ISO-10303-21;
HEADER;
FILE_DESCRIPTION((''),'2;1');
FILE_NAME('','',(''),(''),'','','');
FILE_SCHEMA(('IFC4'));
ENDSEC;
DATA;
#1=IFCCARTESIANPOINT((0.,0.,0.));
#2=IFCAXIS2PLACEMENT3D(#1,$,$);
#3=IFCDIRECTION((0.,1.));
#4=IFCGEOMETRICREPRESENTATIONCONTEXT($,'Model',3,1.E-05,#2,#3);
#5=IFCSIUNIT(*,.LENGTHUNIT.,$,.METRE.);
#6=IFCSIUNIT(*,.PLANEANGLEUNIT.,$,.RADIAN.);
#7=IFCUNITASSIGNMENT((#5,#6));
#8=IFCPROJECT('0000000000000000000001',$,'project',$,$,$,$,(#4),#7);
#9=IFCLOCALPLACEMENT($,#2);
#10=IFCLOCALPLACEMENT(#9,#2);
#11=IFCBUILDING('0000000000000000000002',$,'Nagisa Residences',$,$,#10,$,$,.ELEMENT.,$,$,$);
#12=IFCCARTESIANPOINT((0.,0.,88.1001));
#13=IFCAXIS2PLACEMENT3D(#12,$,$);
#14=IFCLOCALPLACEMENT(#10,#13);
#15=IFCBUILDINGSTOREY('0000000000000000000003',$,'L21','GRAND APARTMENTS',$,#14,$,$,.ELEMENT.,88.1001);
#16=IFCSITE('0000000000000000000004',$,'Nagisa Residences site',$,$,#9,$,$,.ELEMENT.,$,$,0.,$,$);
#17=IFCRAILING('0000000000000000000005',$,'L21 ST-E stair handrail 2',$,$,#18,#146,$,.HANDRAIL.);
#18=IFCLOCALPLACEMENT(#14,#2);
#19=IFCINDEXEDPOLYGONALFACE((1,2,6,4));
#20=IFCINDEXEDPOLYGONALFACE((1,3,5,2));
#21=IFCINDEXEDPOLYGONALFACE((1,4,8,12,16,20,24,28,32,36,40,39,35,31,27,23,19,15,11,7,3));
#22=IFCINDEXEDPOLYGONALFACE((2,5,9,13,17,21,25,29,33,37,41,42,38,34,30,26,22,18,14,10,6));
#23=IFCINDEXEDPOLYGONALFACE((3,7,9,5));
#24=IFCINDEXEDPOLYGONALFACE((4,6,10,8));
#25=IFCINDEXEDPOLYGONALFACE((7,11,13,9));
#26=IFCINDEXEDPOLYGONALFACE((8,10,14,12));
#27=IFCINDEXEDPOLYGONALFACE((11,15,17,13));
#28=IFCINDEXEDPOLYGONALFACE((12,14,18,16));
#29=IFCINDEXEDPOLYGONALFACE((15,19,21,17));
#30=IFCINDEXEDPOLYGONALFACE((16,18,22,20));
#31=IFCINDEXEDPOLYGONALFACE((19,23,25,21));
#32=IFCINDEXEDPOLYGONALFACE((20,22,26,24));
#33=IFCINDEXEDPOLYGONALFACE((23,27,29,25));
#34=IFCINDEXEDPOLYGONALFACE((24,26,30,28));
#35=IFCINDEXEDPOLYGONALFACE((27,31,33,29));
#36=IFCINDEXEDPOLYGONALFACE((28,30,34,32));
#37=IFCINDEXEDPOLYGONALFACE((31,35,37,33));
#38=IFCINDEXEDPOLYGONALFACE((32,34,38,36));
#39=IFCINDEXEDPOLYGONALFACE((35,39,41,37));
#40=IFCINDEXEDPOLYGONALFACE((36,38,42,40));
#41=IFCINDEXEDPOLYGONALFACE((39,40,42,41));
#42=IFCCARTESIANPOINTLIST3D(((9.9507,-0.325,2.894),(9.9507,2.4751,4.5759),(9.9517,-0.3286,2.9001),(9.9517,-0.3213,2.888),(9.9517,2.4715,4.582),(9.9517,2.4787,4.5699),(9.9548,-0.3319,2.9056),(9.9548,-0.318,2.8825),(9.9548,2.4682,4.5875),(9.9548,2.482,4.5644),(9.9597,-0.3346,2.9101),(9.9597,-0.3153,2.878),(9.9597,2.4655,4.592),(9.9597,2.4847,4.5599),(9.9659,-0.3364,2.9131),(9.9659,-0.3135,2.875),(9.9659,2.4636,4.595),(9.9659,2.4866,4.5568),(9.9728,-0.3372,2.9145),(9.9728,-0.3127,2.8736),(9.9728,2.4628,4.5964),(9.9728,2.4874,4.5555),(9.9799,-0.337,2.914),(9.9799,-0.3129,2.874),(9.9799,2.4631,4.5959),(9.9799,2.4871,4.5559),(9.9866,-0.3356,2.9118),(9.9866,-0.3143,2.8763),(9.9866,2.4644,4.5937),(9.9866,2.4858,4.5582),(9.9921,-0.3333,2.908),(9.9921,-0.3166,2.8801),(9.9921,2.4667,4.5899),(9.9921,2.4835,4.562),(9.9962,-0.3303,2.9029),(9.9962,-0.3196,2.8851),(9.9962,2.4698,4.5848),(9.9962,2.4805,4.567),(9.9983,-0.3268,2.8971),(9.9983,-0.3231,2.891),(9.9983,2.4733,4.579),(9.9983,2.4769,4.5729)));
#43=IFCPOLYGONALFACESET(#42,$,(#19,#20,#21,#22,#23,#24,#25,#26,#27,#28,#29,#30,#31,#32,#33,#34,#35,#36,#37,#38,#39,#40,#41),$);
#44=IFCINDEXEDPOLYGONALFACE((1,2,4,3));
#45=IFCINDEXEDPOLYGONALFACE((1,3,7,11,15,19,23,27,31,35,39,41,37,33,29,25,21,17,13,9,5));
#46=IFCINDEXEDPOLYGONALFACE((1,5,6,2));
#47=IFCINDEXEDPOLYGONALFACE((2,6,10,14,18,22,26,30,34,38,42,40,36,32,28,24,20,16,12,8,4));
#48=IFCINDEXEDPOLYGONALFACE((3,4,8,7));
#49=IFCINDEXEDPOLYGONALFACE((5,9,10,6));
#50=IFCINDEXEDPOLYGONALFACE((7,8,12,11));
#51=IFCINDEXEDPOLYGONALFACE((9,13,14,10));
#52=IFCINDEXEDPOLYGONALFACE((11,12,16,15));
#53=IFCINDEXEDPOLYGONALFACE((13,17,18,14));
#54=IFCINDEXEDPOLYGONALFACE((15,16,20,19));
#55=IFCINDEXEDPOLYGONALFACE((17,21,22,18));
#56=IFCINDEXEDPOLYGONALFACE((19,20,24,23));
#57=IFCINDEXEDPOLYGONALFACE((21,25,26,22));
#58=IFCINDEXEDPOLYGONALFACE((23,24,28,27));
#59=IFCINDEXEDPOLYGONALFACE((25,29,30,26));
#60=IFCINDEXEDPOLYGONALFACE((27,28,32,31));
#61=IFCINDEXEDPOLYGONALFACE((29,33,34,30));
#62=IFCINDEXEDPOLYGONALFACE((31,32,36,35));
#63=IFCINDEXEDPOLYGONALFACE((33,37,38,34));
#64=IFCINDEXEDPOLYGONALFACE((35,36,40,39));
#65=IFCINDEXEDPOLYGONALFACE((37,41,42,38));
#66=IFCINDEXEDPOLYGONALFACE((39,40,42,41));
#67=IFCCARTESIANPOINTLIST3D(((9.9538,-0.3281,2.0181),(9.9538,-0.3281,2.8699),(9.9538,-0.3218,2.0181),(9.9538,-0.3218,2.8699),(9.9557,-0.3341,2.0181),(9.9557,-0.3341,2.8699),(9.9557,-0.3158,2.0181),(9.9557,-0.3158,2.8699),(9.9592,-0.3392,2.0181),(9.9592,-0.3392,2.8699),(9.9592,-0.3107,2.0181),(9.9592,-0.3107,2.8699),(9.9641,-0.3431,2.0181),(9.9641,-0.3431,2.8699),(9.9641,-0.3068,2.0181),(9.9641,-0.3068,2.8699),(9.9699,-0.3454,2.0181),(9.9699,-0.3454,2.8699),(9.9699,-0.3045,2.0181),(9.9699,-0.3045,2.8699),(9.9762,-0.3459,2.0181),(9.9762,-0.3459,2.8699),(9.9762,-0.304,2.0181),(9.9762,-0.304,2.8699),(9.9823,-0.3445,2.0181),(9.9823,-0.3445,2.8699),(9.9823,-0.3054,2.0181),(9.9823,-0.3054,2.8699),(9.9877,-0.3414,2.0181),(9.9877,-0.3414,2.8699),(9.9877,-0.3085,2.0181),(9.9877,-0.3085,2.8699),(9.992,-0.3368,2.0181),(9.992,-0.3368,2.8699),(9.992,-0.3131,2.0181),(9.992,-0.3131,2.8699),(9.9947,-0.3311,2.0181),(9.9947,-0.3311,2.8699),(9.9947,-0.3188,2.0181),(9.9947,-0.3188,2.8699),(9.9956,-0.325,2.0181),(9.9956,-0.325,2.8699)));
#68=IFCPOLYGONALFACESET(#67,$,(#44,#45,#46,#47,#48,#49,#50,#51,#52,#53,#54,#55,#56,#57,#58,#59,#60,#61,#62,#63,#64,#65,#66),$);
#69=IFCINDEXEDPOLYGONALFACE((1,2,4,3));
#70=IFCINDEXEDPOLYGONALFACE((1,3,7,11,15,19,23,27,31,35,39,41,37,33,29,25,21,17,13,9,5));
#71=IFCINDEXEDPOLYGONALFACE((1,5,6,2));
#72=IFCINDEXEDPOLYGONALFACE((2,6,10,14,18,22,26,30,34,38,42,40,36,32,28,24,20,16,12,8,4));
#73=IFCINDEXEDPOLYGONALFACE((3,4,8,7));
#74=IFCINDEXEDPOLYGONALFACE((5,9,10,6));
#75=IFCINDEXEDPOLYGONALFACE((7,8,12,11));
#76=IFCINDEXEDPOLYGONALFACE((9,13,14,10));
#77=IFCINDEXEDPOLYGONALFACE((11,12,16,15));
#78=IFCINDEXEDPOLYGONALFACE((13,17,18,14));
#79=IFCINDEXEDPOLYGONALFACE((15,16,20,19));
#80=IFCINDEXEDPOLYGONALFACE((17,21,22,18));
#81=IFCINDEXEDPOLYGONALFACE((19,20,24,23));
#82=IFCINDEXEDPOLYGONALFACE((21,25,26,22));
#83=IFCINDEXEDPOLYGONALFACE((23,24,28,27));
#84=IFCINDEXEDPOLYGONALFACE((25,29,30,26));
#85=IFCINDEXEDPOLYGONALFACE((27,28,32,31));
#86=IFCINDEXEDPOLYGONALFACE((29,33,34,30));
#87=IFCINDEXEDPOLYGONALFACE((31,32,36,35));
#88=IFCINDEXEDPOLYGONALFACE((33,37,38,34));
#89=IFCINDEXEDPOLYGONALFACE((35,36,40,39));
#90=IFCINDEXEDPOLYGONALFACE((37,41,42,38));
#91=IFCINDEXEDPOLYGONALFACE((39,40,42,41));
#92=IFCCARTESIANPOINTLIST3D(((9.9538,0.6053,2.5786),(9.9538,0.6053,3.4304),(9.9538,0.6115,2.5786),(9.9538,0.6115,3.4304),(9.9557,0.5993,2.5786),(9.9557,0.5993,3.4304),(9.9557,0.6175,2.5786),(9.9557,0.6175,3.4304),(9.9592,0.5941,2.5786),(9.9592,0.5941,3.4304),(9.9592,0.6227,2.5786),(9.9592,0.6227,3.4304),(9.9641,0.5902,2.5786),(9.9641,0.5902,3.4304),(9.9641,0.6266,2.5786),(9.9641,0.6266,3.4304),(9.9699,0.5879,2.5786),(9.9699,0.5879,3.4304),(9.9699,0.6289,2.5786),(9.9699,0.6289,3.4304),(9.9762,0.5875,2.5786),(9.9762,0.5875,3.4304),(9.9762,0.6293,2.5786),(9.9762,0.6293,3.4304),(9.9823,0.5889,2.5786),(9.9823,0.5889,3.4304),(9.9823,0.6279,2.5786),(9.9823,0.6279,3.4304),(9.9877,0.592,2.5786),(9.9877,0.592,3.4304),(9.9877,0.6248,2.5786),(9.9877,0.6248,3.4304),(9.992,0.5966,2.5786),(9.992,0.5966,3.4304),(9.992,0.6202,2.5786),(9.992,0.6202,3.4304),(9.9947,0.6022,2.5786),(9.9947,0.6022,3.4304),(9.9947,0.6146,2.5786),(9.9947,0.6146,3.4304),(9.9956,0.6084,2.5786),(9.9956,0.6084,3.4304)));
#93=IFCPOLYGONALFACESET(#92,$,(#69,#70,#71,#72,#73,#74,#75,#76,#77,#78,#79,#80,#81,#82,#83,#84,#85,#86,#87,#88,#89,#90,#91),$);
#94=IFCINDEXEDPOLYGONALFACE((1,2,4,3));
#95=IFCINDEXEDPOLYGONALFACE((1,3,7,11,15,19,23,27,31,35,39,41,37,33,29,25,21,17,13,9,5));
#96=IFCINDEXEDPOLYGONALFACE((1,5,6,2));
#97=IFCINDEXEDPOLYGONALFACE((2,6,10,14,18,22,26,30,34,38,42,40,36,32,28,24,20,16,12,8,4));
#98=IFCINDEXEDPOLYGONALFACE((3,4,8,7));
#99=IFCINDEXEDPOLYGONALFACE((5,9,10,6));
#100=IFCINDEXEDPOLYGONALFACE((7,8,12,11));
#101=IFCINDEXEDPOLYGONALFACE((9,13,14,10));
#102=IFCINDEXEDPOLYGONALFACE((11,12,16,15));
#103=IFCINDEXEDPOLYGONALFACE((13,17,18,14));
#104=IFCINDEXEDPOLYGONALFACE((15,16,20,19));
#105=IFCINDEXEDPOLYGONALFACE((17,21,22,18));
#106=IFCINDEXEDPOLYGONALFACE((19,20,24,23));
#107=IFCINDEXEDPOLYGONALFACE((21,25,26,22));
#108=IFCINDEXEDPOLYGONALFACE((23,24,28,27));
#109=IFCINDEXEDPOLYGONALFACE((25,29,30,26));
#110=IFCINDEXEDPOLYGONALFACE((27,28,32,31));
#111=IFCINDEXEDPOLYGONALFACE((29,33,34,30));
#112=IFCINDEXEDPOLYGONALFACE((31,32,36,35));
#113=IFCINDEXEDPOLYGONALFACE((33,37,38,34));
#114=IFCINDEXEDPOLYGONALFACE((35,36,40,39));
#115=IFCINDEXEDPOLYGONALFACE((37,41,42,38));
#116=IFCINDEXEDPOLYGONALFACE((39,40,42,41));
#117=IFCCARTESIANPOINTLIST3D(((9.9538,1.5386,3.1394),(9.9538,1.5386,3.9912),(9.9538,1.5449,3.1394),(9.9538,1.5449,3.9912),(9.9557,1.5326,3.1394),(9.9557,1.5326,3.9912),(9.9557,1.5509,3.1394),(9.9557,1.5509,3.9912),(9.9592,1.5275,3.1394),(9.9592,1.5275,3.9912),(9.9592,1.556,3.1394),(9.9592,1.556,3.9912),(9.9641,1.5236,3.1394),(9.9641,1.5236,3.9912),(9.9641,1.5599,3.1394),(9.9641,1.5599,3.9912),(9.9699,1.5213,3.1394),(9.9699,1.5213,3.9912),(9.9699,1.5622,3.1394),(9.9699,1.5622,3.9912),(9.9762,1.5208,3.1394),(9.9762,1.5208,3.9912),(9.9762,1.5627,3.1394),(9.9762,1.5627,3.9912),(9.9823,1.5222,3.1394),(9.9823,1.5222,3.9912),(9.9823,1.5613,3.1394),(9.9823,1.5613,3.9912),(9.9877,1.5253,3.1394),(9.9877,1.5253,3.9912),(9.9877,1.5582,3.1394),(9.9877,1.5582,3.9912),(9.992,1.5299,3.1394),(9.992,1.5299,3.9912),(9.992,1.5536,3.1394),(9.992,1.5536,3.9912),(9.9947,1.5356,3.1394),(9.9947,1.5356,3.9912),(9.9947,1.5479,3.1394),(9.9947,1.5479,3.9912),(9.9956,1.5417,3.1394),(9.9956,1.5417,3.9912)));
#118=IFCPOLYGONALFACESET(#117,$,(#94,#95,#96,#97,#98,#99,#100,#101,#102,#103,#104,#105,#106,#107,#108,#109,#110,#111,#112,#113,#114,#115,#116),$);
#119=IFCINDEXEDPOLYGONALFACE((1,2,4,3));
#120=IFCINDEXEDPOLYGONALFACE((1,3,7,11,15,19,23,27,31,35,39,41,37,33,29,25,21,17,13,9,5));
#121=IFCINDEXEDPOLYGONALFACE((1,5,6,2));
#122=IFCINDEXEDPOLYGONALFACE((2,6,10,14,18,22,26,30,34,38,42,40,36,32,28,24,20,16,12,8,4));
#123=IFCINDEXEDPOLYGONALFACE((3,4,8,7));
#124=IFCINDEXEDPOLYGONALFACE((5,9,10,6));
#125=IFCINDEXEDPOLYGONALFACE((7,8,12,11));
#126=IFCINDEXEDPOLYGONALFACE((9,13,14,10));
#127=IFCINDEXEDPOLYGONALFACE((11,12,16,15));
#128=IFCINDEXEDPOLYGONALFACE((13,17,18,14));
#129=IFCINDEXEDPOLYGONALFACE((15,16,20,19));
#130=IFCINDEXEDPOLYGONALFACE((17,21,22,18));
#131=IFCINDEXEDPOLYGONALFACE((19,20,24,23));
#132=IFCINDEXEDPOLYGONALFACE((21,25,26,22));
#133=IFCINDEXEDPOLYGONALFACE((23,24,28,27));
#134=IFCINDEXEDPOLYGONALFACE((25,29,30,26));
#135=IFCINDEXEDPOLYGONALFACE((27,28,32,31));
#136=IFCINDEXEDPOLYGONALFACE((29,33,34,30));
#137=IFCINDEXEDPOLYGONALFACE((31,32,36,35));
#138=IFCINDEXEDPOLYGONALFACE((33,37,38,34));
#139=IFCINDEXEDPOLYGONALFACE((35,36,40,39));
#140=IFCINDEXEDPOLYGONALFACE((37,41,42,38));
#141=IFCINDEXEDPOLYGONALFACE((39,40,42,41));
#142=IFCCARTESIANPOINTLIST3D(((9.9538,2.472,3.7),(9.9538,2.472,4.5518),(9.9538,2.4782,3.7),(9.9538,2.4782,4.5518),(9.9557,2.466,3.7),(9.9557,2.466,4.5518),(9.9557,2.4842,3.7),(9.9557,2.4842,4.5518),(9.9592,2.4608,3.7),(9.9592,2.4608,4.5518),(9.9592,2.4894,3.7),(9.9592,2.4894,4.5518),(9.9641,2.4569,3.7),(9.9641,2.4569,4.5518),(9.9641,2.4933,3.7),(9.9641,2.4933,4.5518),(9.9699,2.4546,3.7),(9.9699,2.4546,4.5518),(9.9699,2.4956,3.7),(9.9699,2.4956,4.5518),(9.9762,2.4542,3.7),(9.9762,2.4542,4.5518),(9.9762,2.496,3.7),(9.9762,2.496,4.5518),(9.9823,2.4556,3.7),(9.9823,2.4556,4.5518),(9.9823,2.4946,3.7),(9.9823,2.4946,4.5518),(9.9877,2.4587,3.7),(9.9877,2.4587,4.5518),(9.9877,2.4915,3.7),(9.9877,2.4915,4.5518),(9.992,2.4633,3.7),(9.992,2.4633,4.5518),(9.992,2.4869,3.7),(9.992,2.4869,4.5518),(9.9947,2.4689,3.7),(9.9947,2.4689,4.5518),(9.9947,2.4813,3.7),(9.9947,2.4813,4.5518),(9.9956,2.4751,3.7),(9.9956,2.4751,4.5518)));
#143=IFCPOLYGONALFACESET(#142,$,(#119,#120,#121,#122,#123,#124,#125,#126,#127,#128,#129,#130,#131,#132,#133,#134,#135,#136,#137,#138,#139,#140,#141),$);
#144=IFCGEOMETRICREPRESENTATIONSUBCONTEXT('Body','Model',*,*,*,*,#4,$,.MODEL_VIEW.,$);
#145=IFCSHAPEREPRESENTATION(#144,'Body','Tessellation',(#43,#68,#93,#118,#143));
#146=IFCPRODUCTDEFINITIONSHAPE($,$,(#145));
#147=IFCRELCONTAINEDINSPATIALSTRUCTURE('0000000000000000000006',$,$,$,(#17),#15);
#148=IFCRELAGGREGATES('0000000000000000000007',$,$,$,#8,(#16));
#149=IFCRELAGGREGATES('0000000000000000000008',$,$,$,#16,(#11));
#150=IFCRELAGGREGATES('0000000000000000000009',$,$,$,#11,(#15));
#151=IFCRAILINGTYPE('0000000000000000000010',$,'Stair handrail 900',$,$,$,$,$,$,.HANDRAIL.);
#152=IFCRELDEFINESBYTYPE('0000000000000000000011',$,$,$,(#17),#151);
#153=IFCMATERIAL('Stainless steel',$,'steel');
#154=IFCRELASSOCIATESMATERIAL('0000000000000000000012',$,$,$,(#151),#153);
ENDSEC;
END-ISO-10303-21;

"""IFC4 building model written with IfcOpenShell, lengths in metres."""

from ifc_helpers import new_model, si_unit, direction, frame, origin, origin_2d, place, context, subcontext, project, spatial, circle, extrude, material, type_object, element, save


model = new_model("IFC4")

# Units and contexts
model_context = context("Model", 3, precision=1e-05, world=origin(), true_north=direction((0.0, 1.0)))
body_context = subcontext(model_context, "Body", "Model", "MODEL_VIEW")
ifc_project = project(units=[si_unit("LENGTHUNIT", "METRE"), si_unit("PLANEANGLEUNIT", "RADIAN")], contexts=[model_context])

# Site, building, storey
site_placement = place(None, origin())
site = spatial("IfcSite", under=ifc_project, at=site_placement, Name="Nagisa Residences site", CompositionType="ELEMENT", RefElevation=0.0)
building_placement = place(site_placement, origin())
building = spatial("IfcBuilding", under=site, at=building_placement, Name="Nagisa Residences", CompositionType="ELEMENT")
storey_placement = place(building_placement, frame((0.0, 0.0, 88.1001)))
storey = spatial("IfcBuildingStorey", under=building, at=storey_placement, Name="L21", Description="GRAND APARTMENTS", CompositionType="ELEMENT", Elevation=88.1001)

# Railing
ifc_material_1 = material(Name="Stainless steel", Category="steel")
railing_type_1 = type_object("IfcRailingType", Name="Stair handrail 900", PredefinedType="HANDRAIL", material=ifc_material_1)
railing_1_placement = place(storey_placement, frame((9.9746, -0.325, 2.0181)))
element("IfcRailing", 1, at=railing_1_placement, inside=storey, type_object=railing_type_1, Name="L21 ST-E stair handrail 2", PredefinedType="HANDRAIL", context=body_context, shape_type="SweptSolid", body=[
    extrude(circle(Radius=0.0239, at=origin_2d()), frame((0.0, 0.0, 0.876), z_axis=(0.0, 0.857242, 0.514913), x_axis=(-1.0, 0.0, 0.0)), (0.0, 0.0, 1.0), 3.2664),
    extrude(circle(Radius=0.021, at=origin_2d()), origin(), (0.0, 0.0, 1.0), 0.8518),
    extrude(circle(Radius=0.021, at=origin_2d()), frame((0.0, 0.9333, 0.5605)), (0.0, 0.0, 1.0), 0.8518),
    extrude(circle(Radius=0.021, at=origin_2d()), frame((0.0, 1.8667, 1.1213)), (0.0, 0.0, 1.0), 0.8518),
    extrude(circle(Radius=0.021, at=origin_2d()), frame((0.0, 2.8, 1.6819)), (0.0, 0.0, 1.0), 0.8518),
])

save(model, "model.ifc")
